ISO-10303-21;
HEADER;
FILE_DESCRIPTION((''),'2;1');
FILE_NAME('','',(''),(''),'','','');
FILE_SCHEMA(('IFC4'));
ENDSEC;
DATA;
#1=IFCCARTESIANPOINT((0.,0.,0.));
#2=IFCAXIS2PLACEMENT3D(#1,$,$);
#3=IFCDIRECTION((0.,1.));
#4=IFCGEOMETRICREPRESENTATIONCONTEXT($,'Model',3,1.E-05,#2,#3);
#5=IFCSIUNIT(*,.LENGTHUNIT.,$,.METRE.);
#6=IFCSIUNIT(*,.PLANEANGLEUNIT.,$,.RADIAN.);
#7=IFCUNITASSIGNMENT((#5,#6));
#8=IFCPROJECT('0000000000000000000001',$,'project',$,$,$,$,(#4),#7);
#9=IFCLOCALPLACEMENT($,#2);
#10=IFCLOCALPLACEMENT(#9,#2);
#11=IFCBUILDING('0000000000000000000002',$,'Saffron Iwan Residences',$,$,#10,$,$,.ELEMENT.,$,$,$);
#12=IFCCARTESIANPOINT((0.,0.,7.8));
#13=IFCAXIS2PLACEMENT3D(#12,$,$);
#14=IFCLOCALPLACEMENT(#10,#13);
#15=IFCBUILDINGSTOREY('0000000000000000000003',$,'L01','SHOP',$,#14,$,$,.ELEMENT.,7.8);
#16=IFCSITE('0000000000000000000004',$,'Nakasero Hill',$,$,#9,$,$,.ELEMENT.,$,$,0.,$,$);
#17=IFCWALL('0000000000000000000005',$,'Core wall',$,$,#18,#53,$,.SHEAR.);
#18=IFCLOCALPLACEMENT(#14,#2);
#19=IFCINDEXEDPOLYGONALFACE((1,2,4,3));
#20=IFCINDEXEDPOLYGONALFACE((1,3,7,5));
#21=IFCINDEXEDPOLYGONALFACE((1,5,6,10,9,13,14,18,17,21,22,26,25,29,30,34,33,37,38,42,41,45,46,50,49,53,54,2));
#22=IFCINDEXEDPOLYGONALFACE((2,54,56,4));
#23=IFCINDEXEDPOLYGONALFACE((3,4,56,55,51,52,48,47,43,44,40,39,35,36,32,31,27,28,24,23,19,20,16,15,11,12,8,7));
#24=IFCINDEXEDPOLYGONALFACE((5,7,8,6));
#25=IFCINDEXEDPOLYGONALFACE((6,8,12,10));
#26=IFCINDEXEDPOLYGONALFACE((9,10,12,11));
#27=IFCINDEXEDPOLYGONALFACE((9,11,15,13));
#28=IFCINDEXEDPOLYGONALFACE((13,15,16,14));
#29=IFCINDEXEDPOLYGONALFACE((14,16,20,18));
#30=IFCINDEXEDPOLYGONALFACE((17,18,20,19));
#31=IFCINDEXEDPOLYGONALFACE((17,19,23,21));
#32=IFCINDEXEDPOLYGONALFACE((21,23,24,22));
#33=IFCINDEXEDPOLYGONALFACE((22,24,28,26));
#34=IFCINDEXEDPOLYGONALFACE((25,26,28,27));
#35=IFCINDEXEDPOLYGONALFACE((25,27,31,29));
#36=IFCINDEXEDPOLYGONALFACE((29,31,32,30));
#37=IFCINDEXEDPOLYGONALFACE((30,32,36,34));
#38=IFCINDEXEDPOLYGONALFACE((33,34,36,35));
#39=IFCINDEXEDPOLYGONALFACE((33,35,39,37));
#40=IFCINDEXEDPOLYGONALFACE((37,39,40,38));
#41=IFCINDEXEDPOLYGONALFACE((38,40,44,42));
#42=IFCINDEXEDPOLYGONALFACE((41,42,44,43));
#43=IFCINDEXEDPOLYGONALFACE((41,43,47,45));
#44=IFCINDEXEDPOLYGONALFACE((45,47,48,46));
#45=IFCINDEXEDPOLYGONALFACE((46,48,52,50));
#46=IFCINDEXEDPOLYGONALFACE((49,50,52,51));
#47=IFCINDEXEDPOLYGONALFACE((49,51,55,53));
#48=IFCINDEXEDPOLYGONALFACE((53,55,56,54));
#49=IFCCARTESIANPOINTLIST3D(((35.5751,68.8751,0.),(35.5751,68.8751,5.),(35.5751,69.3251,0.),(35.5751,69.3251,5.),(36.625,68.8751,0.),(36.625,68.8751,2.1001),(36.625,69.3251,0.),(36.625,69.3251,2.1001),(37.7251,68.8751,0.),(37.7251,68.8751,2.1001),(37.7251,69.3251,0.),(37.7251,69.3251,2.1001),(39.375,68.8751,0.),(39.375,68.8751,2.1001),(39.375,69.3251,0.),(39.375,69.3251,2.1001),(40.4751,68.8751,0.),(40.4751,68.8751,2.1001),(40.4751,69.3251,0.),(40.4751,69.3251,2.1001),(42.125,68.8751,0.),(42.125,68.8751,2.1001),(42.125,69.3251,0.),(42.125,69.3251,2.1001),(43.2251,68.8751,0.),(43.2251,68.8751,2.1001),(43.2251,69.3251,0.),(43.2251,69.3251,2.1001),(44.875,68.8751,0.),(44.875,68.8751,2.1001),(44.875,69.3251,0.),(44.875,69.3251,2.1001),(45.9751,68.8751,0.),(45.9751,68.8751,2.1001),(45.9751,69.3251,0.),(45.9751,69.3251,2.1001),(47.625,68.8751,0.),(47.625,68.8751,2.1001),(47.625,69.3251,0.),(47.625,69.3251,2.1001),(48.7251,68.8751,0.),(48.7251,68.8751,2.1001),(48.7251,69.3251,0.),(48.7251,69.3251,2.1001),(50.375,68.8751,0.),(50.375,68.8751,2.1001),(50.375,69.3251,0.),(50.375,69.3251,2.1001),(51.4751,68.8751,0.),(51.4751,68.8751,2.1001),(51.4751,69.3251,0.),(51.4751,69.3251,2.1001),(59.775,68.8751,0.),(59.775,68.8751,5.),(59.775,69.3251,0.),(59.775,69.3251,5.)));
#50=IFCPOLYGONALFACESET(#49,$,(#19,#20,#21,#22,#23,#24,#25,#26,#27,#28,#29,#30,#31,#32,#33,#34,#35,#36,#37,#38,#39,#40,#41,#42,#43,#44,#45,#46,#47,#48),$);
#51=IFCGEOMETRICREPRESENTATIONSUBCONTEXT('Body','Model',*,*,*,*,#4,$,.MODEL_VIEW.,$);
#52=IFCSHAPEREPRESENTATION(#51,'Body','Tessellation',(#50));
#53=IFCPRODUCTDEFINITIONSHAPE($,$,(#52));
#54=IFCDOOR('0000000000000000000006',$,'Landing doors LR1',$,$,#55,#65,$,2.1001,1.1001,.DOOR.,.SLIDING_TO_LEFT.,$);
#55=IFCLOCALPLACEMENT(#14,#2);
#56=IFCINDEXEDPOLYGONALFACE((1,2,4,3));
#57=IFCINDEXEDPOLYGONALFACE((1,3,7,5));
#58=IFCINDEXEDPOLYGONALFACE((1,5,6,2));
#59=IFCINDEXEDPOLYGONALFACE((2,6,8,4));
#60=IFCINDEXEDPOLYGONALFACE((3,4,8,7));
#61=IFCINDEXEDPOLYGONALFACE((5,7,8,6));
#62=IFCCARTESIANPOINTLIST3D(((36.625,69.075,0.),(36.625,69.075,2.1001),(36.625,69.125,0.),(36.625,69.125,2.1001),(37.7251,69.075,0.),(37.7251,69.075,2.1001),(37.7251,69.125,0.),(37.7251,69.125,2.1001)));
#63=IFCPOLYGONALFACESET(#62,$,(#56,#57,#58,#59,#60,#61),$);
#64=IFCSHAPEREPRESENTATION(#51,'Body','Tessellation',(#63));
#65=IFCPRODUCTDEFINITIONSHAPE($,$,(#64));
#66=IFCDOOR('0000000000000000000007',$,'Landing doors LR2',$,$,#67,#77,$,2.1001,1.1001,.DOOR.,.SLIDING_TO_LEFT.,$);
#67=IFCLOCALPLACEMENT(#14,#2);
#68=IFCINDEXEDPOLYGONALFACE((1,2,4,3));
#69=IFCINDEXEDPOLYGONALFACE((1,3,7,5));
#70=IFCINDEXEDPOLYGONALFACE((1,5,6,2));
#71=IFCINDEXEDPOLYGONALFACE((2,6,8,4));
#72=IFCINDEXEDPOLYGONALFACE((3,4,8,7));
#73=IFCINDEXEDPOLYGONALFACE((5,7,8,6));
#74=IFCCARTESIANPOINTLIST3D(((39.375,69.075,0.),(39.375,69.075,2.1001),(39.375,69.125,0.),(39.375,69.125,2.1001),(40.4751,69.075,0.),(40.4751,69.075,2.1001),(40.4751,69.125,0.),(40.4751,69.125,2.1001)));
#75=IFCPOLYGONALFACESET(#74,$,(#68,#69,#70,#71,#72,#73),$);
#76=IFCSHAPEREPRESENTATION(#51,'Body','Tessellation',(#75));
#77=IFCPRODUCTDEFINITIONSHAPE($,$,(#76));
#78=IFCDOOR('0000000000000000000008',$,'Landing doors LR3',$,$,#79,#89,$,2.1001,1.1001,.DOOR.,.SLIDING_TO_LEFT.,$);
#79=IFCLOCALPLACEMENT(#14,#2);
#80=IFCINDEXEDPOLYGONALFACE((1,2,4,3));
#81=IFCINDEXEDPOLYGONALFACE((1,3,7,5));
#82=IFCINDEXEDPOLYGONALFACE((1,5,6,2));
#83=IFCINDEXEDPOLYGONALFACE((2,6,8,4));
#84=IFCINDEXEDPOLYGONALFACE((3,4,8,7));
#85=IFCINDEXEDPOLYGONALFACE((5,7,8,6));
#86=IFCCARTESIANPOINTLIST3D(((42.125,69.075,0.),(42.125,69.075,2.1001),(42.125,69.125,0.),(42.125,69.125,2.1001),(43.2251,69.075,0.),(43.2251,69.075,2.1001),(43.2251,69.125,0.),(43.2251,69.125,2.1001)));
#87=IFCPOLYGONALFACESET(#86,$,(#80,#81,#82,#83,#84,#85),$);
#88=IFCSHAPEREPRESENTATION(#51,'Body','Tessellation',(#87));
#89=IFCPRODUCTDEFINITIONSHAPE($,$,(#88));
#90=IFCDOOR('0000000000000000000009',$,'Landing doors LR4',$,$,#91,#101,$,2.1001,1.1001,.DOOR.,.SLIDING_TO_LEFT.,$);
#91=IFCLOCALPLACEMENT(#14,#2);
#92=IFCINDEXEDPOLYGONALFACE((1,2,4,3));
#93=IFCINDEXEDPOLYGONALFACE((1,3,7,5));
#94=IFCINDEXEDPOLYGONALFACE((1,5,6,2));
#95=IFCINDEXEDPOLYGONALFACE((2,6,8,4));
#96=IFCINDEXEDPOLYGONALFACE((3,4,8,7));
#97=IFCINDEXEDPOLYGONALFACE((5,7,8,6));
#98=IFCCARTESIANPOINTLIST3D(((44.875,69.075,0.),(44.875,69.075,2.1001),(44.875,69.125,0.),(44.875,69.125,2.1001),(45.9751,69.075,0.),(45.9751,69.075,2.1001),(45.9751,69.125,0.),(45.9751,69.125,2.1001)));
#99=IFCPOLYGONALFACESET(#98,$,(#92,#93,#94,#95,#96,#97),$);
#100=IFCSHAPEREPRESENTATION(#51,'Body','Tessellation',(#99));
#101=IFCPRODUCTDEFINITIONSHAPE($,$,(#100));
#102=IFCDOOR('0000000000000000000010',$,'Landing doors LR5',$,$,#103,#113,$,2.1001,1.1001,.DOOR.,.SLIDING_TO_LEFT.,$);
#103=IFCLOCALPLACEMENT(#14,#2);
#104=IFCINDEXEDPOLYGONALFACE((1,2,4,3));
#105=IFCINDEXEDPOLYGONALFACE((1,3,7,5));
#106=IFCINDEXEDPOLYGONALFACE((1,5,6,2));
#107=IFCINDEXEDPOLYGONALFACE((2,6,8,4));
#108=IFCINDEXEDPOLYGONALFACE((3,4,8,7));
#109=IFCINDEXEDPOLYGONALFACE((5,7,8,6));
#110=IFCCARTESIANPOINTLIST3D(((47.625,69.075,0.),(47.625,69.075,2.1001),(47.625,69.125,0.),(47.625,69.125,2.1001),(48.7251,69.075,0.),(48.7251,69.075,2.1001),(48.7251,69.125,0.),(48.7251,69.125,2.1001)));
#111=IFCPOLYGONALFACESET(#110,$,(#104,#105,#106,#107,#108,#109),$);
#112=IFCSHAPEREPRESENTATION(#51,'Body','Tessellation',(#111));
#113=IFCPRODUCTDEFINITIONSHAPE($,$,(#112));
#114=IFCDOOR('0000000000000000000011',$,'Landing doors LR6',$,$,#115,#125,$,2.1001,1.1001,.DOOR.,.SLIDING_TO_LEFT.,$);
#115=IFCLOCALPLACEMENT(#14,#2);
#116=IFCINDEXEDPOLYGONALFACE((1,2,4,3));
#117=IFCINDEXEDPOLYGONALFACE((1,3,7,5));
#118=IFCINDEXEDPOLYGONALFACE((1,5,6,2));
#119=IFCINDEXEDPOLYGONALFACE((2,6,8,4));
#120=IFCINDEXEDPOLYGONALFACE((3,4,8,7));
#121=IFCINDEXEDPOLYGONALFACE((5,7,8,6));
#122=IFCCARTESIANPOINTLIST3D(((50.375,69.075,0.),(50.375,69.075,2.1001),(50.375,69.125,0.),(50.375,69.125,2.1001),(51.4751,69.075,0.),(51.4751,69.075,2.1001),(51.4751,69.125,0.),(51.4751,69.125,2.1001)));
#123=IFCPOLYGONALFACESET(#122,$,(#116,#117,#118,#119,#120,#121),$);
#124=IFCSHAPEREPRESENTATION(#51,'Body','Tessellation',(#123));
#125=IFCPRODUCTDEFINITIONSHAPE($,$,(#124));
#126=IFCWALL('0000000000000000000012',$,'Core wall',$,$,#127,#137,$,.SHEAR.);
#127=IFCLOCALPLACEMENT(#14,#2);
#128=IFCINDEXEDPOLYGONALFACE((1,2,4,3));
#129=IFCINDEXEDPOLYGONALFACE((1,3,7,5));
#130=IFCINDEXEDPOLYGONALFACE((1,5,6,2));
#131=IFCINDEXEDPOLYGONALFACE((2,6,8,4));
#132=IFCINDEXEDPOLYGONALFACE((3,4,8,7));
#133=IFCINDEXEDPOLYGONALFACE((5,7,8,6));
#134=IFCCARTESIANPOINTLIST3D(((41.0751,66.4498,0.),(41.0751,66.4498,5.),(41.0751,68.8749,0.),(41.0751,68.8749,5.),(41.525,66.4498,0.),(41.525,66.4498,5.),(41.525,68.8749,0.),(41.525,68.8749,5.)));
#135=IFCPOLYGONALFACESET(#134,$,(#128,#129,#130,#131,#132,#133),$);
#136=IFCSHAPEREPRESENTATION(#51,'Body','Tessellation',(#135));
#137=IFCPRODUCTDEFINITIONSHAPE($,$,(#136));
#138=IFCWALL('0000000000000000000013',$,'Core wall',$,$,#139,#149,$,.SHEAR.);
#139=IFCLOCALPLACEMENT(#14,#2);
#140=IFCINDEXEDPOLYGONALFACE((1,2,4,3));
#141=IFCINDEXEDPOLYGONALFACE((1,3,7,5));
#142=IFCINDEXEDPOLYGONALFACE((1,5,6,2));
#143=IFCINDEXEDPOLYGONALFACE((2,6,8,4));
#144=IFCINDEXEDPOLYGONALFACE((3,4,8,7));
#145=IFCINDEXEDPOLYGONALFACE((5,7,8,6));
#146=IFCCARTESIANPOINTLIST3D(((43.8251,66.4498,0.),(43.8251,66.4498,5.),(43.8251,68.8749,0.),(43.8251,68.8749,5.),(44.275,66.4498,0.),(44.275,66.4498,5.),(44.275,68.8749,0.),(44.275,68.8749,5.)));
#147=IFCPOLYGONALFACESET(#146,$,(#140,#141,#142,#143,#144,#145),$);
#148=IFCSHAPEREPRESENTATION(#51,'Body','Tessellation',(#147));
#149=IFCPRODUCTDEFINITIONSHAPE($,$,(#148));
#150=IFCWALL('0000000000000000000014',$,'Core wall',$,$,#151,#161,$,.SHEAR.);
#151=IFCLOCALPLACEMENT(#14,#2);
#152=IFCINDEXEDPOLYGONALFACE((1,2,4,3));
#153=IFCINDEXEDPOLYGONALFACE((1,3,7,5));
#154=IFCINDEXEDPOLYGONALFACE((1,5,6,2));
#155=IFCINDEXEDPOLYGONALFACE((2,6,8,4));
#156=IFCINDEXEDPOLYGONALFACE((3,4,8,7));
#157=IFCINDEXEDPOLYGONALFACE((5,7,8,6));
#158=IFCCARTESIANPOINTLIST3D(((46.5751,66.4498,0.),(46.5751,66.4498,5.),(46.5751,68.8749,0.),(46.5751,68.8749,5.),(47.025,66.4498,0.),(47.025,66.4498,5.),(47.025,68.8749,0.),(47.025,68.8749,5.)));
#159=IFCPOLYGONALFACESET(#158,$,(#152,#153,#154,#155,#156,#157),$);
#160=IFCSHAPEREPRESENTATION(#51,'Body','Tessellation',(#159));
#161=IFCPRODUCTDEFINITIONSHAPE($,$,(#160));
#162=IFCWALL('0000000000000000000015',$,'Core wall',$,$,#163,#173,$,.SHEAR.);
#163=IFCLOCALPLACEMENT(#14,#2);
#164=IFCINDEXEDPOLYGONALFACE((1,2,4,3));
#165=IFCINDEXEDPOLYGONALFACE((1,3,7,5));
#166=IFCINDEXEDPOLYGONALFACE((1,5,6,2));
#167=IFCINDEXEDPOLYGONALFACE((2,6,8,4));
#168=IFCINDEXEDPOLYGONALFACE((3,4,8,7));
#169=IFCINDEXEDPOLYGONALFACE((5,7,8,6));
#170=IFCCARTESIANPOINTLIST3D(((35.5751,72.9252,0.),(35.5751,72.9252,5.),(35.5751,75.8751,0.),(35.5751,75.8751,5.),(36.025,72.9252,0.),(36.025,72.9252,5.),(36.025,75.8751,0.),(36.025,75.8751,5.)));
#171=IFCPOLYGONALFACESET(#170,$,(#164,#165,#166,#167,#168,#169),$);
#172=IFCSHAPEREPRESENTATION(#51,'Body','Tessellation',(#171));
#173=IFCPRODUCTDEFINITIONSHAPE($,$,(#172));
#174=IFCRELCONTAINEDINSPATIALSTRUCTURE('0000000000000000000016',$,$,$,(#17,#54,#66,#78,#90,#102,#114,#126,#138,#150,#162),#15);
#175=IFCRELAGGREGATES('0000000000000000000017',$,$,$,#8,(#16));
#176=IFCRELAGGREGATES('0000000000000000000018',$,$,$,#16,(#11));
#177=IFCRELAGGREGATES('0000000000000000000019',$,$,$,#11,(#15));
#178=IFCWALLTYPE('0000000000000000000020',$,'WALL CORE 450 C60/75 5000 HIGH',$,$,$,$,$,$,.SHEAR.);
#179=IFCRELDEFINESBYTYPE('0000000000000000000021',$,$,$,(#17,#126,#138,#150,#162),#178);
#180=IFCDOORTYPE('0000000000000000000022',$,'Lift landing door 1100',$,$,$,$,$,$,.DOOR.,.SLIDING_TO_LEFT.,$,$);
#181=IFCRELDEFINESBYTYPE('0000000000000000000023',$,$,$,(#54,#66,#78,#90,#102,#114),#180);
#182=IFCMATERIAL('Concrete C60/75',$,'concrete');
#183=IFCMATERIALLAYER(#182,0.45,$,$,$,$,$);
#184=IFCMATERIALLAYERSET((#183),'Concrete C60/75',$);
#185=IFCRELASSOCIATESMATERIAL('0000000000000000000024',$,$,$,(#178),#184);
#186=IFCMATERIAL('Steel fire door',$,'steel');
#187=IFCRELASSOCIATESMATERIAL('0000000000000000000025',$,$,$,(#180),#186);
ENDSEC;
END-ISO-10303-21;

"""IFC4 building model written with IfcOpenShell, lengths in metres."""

from ifc_helpers import new_model, si_unit, direction, frame, frame_2d, origin, place, context, subcontext, project, spatial, rectangle, extrude, material, layer, layer_set, type_object, element, fill, save


model = new_model("IFC4")

# Units and contexts
model_context = context("Model", 3, precision=1e-05, world=origin(), true_north=direction((0.0, 1.0)))
body_context = subcontext(model_context, "Body", "Model", "MODEL_VIEW")
ifc_project = project(units=[si_unit("LENGTHUNIT", "METRE"), si_unit("PLANEANGLEUNIT", "RADIAN")], contexts=[model_context])

# Site, building, storey
site_placement = place(None, origin())
site = spatial("IfcSite", under=ifc_project, at=site_placement, Name="Nakasero Hill", CompositionType="ELEMENT", RefElevation=0.0)
building_placement = place(site_placement, origin())
building = spatial("IfcBuilding", under=site, at=building_placement, Name="Saffron Iwan Residences", CompositionType="ELEMENT")
storey_placement = place(building_placement, frame((0.0, 0.0, 7.8)))
storey = spatial("IfcBuildingStorey", under=building, at=storey_placement, Name="L01", Description="SHOP", CompositionType="ELEMENT", Elevation=7.8)

# Wall, openings, doors
ifc_material_1 = material(Name="Concrete C60/75", Category="concrete")
ifc_layer = layer(ifc_material_1, 0.45)
ifc_layer_set = layer_set([ifc_layer], Name="Concrete C60/75")
wall_type = type_object("IfcWallType", Name="WALL CORE 450 C60/75 5000 HIGH", PredefinedType="SHEAR", material=ifc_layer_set)
wall_1_placement = place(storey_placement, frame((35.575, 69.1001, 0.0), z_axis=(0.0, 0.0, 1.0), x_axis=(1.0, 0.0, 0.0)))
wall_1 = element("IfcWall", 1, at=wall_1_placement, inside=storey, type_object=wall_type, Name="Core wall", PredefinedType="SHEAR", context=body_context, shape_type="SweptSolid", body=[
    extrude(rectangle(XDim=24.2, YDim=0.45, at=frame_2d((12.1001, 0.0))), origin(), (0.0, 0.0, 1.0), 5.0),
])
opening_1_placement = place(wall_1_placement, frame((1.05, 0.0, 0.0)))
opening_1 = element("IfcOpeningElement", 2, at=opening_1_placement, cuts=wall_1, PredefinedType="OPENING", context=body_context, shape_type="SweptSolid", body=[
    extrude(rectangle(XDim=1.1001, YDim=2.1001, at=frame_2d((0.55, 1.05))), frame((0.0, 0.2349, 0.0), z_axis=(0.0, -1.0, 0.0), x_axis=(1.0, 0.0, 0.0)), (0.0, 0.0, 1.0), 0.47),
])
opening_2_placement = place(wall_1_placement, frame((3.8, 0.0, 0.0)))
opening_2 = element("IfcOpeningElement", 3, at=opening_2_placement, cuts=wall_1, PredefinedType="OPENING", context=body_context, shape_type="SweptSolid", body=[
    extrude(rectangle(XDim=1.1001, YDim=2.1001, at=frame_2d((0.55, 1.05))), frame((0.0, 0.2349, 0.0), z_axis=(0.0, -1.0, 0.0), x_axis=(1.0, 0.0, 0.0)), (0.0, 0.0, 1.0), 0.47),
])
opening_3_placement = place(wall_1_placement, frame((6.55, 0.0, 0.0)))
opening_3 = element("IfcOpeningElement", 4, at=opening_3_placement, cuts=wall_1, PredefinedType="OPENING", context=body_context, shape_type="SweptSolid", body=[
    extrude(rectangle(XDim=1.1001, YDim=2.1001, at=frame_2d((0.55, 1.05))), frame((0.0, 0.2349, 0.0), z_axis=(0.0, -1.0, 0.0), x_axis=(1.0, 0.0, 0.0)), (0.0, 0.0, 1.0), 0.47),
])
opening_4_placement = place(wall_1_placement, frame((9.3, 0.0, 0.0)))
opening_4 = element("IfcOpeningElement", 5, at=opening_4_placement, cuts=wall_1, PredefinedType="OPENING", context=body_context, shape_type="SweptSolid", body=[
    extrude(rectangle(XDim=1.1001, YDim=2.1001, at=frame_2d((0.55, 1.05))), frame((0.0, 0.2349, 0.0), z_axis=(0.0, -1.0, 0.0), x_axis=(1.0, 0.0, 0.0)), (0.0, 0.0, 1.0), 0.47),
])
opening_5_placement = place(wall_1_placement, frame((12.05, 0.0, 0.0)))
opening_5 = element("IfcOpeningElement", 6, at=opening_5_placement, cuts=wall_1, PredefinedType="OPENING", context=body_context, shape_type="SweptSolid", body=[
    extrude(rectangle(XDim=1.1001, YDim=2.1001, at=frame_2d((0.55, 1.05))), frame((0.0, 0.2349, 0.0), z_axis=(0.0, -1.0, 0.0), x_axis=(1.0, 0.0, 0.0)), (0.0, 0.0, 1.0), 0.47),
])
opening_6_placement = place(wall_1_placement, frame((14.8, 0.0, 0.0)))
opening_6 = element("IfcOpeningElement", 7, at=opening_6_placement, cuts=wall_1, PredefinedType="OPENING", context=body_context, shape_type="SweptSolid", body=[
    extrude(rectangle(XDim=1.1001, YDim=2.1001, at=frame_2d((0.55, 1.05))), frame((0.0, 0.2349, 0.0), z_axis=(0.0, -1.0, 0.0), x_axis=(1.0, 0.0, 0.0)), (0.0, 0.0, 1.0), 0.47),
])
ifc_material_2 = material(Name="Steel fire door", Category="steel")
door_type_1 = type_object("IfcDoorType", Name="Lift landing door 1100", OperationType="SLIDING_TO_LEFT", PredefinedType="DOOR", material=ifc_material_2)
door_1_placement = place(opening_1_placement, origin())
door_1 = element("IfcDoor", 8, at=door_1_placement, inside=storey, type_object=door_type_1, Name="Landing doors LR1", OperationType="SLIDING_TO_LEFT", OverallHeight=2.1001, OverallWidth=1.1001, PredefinedType="DOOR", context=body_context, shape_type="SweptSolid", body=[
    extrude(rectangle(XDim=1.1001, YDim=2.1001, at=frame_2d((0.55, 1.05))), frame((0.0, 0.0249, 0.0), z_axis=(0.0, -1.0, 0.0), x_axis=(1.0, 0.0, 0.0)), (0.0, 0.0, 1.0), 0.05),
])
fill(opening_1, door_1)
door_2_placement = place(opening_2_placement, origin())
door_2 = element("IfcDoor", 9, at=door_2_placement, inside=storey, type_object=door_type_1, Name="Landing doors LR2", OperationType="SLIDING_TO_LEFT", OverallHeight=2.1001, OverallWidth=1.1001, PredefinedType="DOOR", context=body_context, shape_type="SweptSolid", body=[
    extrude(rectangle(XDim=1.1001, YDim=2.1001, at=frame_2d((0.55, 1.05))), frame((0.0, 0.0249, 0.0), z_axis=(0.0, -1.0, 0.0), x_axis=(1.0, 0.0, 0.0)), (0.0, 0.0, 1.0), 0.05),
])
fill(opening_2, door_2)
door_3_placement = place(opening_3_placement, origin())
door_3 = element("IfcDoor", 10, at=door_3_placement, inside=storey, type_object=door_type_1, Name="Landing doors LR3", OperationType="SLIDING_TO_LEFT", OverallHeight=2.1001, OverallWidth=1.1001, PredefinedType="DOOR", context=body_context, shape_type="SweptSolid", body=[
    extrude(rectangle(XDim=1.1001, YDim=2.1001, at=frame_2d((0.55, 1.05))), frame((0.0, 0.0249, 0.0), z_axis=(0.0, -1.0, 0.0), x_axis=(1.0, 0.0, 0.0)), (0.0, 0.0, 1.0), 0.05),
])
fill(opening_3, door_3)
door_4_placement = place(opening_4_placement, origin())
door_4 = element("IfcDoor", 11, at=door_4_placement, inside=storey, type_object=door_type_1, Name="Landing doors LR4", OperationType="SLIDING_TO_LEFT", OverallHeight=2.1001, OverallWidth=1.1001, PredefinedType="DOOR", context=body_context, shape_type="SweptSolid", body=[
    extrude(rectangle(XDim=1.1001, YDim=2.1001, at=frame_2d((0.55, 1.05))), frame((0.0, 0.0249, 0.0), z_axis=(0.0, -1.0, 0.0), x_axis=(1.0, 0.0, 0.0)), (0.0, 0.0, 1.0), 0.05),
])
fill(opening_4, door_4)
door_5_placement = place(opening_5_placement, origin())
door_5 = element("IfcDoor", 12, at=door_5_placement, inside=storey, type_object=door_type_1, Name="Landing doors LR5", OperationType="SLIDING_TO_LEFT", OverallHeight=2.1001, OverallWidth=1.1001, PredefinedType="DOOR", context=body_context, shape_type="SweptSolid", body=[
    extrude(rectangle(XDim=1.1001, YDim=2.1001, at=frame_2d((0.55, 1.05))), frame((0.0, 0.0249, 0.0), z_axis=(0.0, -1.0, 0.0), x_axis=(1.0, 0.0, 0.0)), (0.0, 0.0, 1.0), 0.05),
])
fill(opening_5, door_5)
door_6_placement = place(opening_6_placement, origin())
door_6 = element("IfcDoor", 13, at=door_6_placement, inside=storey, type_object=door_type_1, Name="Landing doors LR6", OperationType="SLIDING_TO_LEFT", OverallHeight=2.1001, OverallWidth=1.1001, PredefinedType="DOOR", context=body_context, shape_type="SweptSolid", body=[
    extrude(rectangle(XDim=1.1001, YDim=2.1001, at=frame_2d((0.55, 1.05))), frame((0.0, 0.0249, 0.0), z_axis=(0.0, -1.0, 0.0), x_axis=(1.0, 0.0, 0.0)), (0.0, 0.0, 1.0), 0.05),
])
fill(opening_6, door_6)

# Walls
for number, where, z_axis, x_axis, name in (
    (14, (41.3, 66.45, 0.0), (0.0, 0.0, 1.0), (0.0, 1.0, 0.0), "Core wall"),
    (15, (44.05, 66.45, 0.0), (0.0, 0.0, 1.0), (0.0, 1.0, 0.0), "Core wall"),
    (16, (46.8, 66.45, 0.0), (0.0, 0.0, 1.0), (0.0, 1.0, 0.0), "Core wall"),
):
    element("IfcWall", number, at=place(storey_placement, frame(where, z_axis=z_axis, x_axis=x_axis)), inside=storey, type_object=wall_type, Name=name, PredefinedType="SHEAR", context=body_context, shape_type="SweptSolid", body=[
        extrude(rectangle(XDim=2.425, YDim=0.45, at=frame_2d((1.2124, 0.0))), origin(), (0.0, 0.0, 1.0), 5.0),
    ])
wall_2_placement = place(storey_placement, frame((35.8, 72.925, 0.0), z_axis=(0.0, 0.0, 1.0), x_axis=(0.0, 1.0, 0.0)))
element("IfcWall", 17, at=wall_2_placement, inside=storey, type_object=wall_type, Name="Core wall", PredefinedType="SHEAR", context=body_context, shape_type="SweptSolid", body=[
    extrude(rectangle(XDim=2.95, YDim=0.45, at=frame_2d((1.4751, 0.0))), origin(), (0.0, 0.0, 1.0), 5.0),
])

save(model, "model.ifc")
